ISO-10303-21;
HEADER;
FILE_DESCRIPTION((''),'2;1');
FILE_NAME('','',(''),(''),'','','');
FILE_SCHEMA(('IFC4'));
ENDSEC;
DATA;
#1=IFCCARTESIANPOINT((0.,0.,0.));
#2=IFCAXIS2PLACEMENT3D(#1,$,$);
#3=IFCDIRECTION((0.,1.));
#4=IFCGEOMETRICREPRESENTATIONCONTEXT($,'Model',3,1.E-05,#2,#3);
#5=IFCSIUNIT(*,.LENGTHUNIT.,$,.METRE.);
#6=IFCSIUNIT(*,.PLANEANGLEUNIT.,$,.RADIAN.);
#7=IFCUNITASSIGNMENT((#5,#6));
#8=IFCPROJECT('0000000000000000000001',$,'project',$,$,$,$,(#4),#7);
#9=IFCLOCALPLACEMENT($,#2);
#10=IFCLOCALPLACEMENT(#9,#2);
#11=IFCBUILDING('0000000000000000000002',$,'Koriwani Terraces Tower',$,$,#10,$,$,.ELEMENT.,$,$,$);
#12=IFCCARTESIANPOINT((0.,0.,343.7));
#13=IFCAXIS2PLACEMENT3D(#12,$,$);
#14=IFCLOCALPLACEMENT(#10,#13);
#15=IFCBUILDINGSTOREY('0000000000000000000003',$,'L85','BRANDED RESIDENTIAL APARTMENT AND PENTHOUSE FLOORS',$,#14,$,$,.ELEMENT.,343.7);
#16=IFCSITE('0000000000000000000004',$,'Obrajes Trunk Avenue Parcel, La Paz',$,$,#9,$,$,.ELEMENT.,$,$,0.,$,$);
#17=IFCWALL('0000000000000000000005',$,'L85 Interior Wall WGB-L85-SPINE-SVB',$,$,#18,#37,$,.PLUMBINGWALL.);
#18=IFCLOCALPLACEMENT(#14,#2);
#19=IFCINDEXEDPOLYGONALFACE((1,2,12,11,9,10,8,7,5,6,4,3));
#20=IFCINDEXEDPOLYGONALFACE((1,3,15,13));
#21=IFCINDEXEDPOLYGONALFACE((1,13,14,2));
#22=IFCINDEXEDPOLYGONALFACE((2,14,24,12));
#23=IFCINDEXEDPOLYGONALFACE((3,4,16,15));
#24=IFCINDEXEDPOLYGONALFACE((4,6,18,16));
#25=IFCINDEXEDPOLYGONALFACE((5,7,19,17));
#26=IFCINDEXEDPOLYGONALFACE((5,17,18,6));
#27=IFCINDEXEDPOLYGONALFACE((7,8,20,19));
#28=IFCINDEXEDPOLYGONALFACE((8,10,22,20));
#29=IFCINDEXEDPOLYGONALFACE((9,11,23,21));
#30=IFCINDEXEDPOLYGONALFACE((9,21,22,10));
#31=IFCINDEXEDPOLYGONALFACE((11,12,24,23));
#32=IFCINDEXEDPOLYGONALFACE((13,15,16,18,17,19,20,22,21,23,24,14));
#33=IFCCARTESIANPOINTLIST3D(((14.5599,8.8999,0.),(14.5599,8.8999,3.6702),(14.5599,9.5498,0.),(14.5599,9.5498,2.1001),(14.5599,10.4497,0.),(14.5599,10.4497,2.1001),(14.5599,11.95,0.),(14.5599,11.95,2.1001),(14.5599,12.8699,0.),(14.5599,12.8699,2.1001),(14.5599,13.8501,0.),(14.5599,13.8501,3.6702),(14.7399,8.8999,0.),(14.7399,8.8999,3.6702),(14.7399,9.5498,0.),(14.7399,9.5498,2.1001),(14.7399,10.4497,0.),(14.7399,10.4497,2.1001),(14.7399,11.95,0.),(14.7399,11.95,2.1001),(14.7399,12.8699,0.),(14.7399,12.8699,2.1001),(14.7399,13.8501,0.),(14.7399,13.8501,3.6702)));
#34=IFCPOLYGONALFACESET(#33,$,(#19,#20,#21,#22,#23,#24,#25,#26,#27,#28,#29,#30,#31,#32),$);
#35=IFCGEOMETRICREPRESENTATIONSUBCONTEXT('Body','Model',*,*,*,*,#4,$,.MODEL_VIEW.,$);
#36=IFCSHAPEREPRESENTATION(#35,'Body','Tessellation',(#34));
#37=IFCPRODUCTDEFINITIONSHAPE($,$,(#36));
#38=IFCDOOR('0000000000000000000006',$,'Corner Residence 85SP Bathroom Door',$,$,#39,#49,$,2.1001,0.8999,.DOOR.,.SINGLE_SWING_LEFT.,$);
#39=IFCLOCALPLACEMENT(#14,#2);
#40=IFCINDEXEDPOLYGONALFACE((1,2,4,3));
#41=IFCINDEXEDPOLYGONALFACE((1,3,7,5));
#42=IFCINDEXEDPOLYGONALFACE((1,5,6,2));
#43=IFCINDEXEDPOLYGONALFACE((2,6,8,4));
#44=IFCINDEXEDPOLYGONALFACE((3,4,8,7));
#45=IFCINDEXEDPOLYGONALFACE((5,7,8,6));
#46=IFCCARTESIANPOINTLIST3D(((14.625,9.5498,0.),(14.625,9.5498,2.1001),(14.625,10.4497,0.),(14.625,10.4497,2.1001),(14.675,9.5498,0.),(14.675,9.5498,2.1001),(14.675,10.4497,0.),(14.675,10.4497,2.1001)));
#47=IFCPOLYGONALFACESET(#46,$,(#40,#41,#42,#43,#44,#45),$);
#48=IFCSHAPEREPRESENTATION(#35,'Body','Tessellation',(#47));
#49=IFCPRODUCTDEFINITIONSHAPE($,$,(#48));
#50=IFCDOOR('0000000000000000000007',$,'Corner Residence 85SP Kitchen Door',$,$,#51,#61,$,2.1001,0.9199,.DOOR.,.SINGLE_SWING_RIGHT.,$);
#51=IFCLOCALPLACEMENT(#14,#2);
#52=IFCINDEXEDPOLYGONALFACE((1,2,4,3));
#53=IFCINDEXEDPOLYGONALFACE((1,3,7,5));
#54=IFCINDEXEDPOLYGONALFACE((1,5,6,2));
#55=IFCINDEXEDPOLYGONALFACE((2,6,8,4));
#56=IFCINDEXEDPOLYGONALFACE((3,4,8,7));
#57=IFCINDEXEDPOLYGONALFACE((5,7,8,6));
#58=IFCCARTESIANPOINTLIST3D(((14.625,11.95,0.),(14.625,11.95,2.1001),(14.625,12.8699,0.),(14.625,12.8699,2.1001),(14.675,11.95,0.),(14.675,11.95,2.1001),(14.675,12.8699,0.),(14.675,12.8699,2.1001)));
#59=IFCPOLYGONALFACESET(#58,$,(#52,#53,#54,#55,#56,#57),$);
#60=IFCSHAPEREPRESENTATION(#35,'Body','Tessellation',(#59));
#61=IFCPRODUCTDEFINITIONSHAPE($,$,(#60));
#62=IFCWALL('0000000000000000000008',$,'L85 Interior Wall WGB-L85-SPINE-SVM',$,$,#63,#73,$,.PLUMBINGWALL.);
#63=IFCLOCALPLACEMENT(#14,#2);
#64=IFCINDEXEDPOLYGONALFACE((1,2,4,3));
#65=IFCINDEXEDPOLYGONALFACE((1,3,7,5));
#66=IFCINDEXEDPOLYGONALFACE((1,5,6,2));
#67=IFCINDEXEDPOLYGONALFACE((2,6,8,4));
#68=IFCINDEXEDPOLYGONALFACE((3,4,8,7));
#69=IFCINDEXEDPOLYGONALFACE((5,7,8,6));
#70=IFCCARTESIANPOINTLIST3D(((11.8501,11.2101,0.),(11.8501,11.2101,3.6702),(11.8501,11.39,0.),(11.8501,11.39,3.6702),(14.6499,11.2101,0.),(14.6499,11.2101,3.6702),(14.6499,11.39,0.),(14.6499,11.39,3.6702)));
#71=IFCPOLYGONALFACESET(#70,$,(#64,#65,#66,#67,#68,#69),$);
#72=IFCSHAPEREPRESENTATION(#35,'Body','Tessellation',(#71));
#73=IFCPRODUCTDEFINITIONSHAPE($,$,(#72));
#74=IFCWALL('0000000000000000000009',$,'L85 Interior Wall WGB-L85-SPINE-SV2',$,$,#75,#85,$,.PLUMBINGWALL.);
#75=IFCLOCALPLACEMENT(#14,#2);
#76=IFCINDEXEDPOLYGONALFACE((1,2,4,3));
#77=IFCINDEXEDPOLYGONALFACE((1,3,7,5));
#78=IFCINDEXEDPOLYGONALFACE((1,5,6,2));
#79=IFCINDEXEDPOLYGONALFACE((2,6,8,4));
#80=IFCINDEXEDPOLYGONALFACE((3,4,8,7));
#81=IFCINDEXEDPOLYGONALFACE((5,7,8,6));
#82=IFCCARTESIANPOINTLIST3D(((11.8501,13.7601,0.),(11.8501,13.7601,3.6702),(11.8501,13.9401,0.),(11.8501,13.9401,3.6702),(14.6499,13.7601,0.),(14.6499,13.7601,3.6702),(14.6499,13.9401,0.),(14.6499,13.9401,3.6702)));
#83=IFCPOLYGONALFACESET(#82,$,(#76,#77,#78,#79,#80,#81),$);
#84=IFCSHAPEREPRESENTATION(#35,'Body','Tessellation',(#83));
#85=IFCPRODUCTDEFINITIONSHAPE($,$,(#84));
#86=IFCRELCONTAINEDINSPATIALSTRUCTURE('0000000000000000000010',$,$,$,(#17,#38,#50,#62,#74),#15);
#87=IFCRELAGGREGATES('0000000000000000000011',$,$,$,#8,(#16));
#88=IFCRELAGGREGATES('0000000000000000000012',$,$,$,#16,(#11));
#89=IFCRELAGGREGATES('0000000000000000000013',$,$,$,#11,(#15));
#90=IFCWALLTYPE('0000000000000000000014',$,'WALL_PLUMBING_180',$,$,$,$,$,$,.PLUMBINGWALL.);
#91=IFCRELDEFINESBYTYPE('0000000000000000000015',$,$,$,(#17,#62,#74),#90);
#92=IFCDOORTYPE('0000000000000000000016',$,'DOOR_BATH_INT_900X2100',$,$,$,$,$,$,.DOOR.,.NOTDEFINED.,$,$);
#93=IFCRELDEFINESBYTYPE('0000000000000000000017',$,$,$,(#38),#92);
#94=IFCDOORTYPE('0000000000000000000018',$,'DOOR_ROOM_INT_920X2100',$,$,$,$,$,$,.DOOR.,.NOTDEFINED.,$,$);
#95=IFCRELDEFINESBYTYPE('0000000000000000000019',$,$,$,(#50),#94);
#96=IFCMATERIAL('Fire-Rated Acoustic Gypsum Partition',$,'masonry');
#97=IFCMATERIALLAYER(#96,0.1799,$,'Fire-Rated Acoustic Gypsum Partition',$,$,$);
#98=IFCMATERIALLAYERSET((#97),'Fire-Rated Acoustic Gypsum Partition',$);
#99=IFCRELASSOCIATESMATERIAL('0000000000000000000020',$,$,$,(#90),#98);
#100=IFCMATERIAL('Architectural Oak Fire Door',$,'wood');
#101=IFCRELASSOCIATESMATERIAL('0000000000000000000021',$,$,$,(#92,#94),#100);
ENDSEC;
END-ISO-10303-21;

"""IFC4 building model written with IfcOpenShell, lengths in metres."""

from ifc_helpers import new_model, si_unit, direction, frame, frame_2d, origin, place, context, subcontext, project, spatial, rectangle, extrude, material, layer, layer_set, type_object, element, fill, save


model = new_model("IFC4")

# Units and contexts
model_context = context("Model", 3, precision=1e-05, world=origin(), true_north=direction((0.0, 1.0)))
body_context = subcontext(model_context, "Body", "Model", "MODEL_VIEW")
ifc_project = project(units=[si_unit("LENGTHUNIT", "METRE"), si_unit("PLANEANGLEUNIT", "RADIAN")], contexts=[model_context])

# Site, building, storey
site_placement = place(None, origin())
site = spatial("IfcSite", under=ifc_project, at=site_placement, Name="Obrajes Trunk Avenue Parcel, La Paz", CompositionType="ELEMENT", RefElevation=0.0)
building_placement = place(site_placement, origin())
building = spatial("IfcBuilding", under=site, at=building_placement, Name="Koriwani Terraces Tower", CompositionType="ELEMENT")
storey_placement = place(building_placement, frame((0.0, 0.0, 343.7)))
storey = spatial("IfcBuildingStorey", under=building, at=storey_placement, Name="L85", Description="BRANDED RESIDENTIAL APARTMENT AND PENTHOUSE FLOORS", CompositionType="ELEMENT", Elevation=343.7)

# Shared definitions
ifc_material_1 = material(Name="Architectural Oak Fire Door", Category="wood")

# Wall, openings, doors
ifc_material_2 = material(Name="Fire-Rated Acoustic Gypsum Partition", Category="masonry")
ifc_layer_1 = layer(ifc_material_2, 0.1799, Name="Fire-Rated Acoustic Gypsum Partition")
ifc_layer_set_1 = layer_set([ifc_layer_1], Name="Fire-Rated Acoustic Gypsum Partition")
wall_type_1 = type_object("IfcWallType", Name="WALL_PLUMBING_180", PredefinedType="PLUMBINGWALL", material=ifc_layer_set_1)
wall_1_placement = place(storey_placement, frame((14.6499, 8.8999, 0.0), z_axis=(0.0, 0.0, 1.0), x_axis=(0.0, 1.0, 0.0)))
wall_1 = element("IfcWall", 1, at=wall_1_placement, inside=storey, type_object=wall_type_1, Name="L85 Interior Wall WGB-L85-SPINE-SVB", PredefinedType="PLUMBINGWALL", context=body_context, shape_type="SweptSolid", body=[
    extrude(rectangle(XDim=4.9502, YDim=0.1799, at=frame_2d((2.4751, 0.0))), origin(), (0.0, 0.0, 1.0), 3.6702),
])
opening_1_placement = place(wall_1_placement, frame((0.6499, 0.0, 0.0)))
opening_1 = element("IfcOpeningElement", 2, at=opening_1_placement, cuts=wall_1, PredefinedType="OPENING", context=body_context, shape_type="SweptSolid", body=[
    extrude(rectangle(XDim=0.8999, YDim=2.1001, at=frame_2d((0.45, 1.05))), frame((0.0, 0.1001, 0.0), z_axis=(0.0, -1.0, 0.0), x_axis=(1.0, 0.0, 0.0)), (0.0, 0.0, 1.0), 0.2),
])
opening_2_placement = place(wall_1_placement, frame((3.05, 0.0, 0.0)))
opening_2 = element("IfcOpeningElement", 3, at=opening_2_placement, cuts=wall_1, PredefinedType="OPENING", context=body_context, shape_type="SweptSolid", body=[
    extrude(rectangle(XDim=0.9199, YDim=2.1001, at=frame_2d((0.46, 1.05))), frame((0.0, 0.1001, 0.0), z_axis=(0.0, -1.0, 0.0), x_axis=(1.0, 0.0, 0.0)), (0.0, 0.0, 1.0), 0.2),
])
door_type_1 = type_object("IfcDoorType", Name="DOOR_BATH_INT_900X2100", OperationType="NOTDEFINED", PredefinedType="DOOR", material=ifc_material_1)
door_1_placement = place(opening_1_placement, origin())
door_1 = element("IfcDoor", 4, at=door_1_placement, inside=storey, type_object=door_type_1, Name="Corner Residence 85SP Bathroom Door", OperationType="SINGLE_SWING_LEFT", OverallHeight=2.1001, OverallWidth=0.8999, PredefinedType="DOOR", context=body_context, shape_type="SweptSolid", body=[
    extrude(rectangle(XDim=0.8999, YDim=2.1001, at=frame_2d((0.45, 1.05))), frame((0.0, 0.0249, 0.0), z_axis=(0.0, -1.0, 0.0), x_axis=(1.0, 0.0, 0.0)), (0.0, 0.0, 1.0), 0.05),
])
fill(opening_1, door_1)
door_type_2 = type_object("IfcDoorType", Name="DOOR_ROOM_INT_920X2100", OperationType="NOTDEFINED", PredefinedType="DOOR", material=ifc_material_1)
door_2_placement = place(opening_2_placement, origin())
door_2 = element("IfcDoor", 5, at=door_2_placement, inside=storey, type_object=door_type_2, Name="Corner Residence 85SP Kitchen Door", OperationType="SINGLE_SWING_RIGHT", OverallHeight=2.1001, OverallWidth=0.9199, PredefinedType="DOOR", context=body_context, shape_type="SweptSolid", body=[
    extrude(rectangle(XDim=0.9199, YDim=2.1001, at=frame_2d((0.46, 1.05))), frame((0.0, 0.0249, 0.0), z_axis=(0.0, -1.0, 0.0), x_axis=(1.0, 0.0, 0.0)), (0.0, 0.0, 1.0), 0.05),
])
fill(opening_2, door_2)

# Walls
for number, where, z_axis, x_axis, name in (
    (6, (11.8501, 11.3, 0.0), (0.0, 0.0, 1.0), (1.0, 0.0, 0.0), "L85 Interior Wall WGB-L85-SPINE-SVM"),
    (7, (11.8501, 13.8501, 0.0), (0.0, 0.0, 1.0), (1.0, 0.0, 0.0), "L85 Interior Wall WGB-L85-SPINE-SV2"),
):
    element("IfcWall", number, at=place(storey_placement, frame(where, z_axis=z_axis, x_axis=x_axis)), inside=storey, type_object=wall_type_1, Name=name, PredefinedType="PLUMBINGWALL", context=body_context, shape_type="SweptSolid", body=[
        extrude(rectangle(XDim=2.7998, YDim=0.1799, at=frame_2d((1.3999, 0.0))), origin(), (0.0, 0.0, 1.0), 3.6702),
    ])

save(model, "model.ifc")
